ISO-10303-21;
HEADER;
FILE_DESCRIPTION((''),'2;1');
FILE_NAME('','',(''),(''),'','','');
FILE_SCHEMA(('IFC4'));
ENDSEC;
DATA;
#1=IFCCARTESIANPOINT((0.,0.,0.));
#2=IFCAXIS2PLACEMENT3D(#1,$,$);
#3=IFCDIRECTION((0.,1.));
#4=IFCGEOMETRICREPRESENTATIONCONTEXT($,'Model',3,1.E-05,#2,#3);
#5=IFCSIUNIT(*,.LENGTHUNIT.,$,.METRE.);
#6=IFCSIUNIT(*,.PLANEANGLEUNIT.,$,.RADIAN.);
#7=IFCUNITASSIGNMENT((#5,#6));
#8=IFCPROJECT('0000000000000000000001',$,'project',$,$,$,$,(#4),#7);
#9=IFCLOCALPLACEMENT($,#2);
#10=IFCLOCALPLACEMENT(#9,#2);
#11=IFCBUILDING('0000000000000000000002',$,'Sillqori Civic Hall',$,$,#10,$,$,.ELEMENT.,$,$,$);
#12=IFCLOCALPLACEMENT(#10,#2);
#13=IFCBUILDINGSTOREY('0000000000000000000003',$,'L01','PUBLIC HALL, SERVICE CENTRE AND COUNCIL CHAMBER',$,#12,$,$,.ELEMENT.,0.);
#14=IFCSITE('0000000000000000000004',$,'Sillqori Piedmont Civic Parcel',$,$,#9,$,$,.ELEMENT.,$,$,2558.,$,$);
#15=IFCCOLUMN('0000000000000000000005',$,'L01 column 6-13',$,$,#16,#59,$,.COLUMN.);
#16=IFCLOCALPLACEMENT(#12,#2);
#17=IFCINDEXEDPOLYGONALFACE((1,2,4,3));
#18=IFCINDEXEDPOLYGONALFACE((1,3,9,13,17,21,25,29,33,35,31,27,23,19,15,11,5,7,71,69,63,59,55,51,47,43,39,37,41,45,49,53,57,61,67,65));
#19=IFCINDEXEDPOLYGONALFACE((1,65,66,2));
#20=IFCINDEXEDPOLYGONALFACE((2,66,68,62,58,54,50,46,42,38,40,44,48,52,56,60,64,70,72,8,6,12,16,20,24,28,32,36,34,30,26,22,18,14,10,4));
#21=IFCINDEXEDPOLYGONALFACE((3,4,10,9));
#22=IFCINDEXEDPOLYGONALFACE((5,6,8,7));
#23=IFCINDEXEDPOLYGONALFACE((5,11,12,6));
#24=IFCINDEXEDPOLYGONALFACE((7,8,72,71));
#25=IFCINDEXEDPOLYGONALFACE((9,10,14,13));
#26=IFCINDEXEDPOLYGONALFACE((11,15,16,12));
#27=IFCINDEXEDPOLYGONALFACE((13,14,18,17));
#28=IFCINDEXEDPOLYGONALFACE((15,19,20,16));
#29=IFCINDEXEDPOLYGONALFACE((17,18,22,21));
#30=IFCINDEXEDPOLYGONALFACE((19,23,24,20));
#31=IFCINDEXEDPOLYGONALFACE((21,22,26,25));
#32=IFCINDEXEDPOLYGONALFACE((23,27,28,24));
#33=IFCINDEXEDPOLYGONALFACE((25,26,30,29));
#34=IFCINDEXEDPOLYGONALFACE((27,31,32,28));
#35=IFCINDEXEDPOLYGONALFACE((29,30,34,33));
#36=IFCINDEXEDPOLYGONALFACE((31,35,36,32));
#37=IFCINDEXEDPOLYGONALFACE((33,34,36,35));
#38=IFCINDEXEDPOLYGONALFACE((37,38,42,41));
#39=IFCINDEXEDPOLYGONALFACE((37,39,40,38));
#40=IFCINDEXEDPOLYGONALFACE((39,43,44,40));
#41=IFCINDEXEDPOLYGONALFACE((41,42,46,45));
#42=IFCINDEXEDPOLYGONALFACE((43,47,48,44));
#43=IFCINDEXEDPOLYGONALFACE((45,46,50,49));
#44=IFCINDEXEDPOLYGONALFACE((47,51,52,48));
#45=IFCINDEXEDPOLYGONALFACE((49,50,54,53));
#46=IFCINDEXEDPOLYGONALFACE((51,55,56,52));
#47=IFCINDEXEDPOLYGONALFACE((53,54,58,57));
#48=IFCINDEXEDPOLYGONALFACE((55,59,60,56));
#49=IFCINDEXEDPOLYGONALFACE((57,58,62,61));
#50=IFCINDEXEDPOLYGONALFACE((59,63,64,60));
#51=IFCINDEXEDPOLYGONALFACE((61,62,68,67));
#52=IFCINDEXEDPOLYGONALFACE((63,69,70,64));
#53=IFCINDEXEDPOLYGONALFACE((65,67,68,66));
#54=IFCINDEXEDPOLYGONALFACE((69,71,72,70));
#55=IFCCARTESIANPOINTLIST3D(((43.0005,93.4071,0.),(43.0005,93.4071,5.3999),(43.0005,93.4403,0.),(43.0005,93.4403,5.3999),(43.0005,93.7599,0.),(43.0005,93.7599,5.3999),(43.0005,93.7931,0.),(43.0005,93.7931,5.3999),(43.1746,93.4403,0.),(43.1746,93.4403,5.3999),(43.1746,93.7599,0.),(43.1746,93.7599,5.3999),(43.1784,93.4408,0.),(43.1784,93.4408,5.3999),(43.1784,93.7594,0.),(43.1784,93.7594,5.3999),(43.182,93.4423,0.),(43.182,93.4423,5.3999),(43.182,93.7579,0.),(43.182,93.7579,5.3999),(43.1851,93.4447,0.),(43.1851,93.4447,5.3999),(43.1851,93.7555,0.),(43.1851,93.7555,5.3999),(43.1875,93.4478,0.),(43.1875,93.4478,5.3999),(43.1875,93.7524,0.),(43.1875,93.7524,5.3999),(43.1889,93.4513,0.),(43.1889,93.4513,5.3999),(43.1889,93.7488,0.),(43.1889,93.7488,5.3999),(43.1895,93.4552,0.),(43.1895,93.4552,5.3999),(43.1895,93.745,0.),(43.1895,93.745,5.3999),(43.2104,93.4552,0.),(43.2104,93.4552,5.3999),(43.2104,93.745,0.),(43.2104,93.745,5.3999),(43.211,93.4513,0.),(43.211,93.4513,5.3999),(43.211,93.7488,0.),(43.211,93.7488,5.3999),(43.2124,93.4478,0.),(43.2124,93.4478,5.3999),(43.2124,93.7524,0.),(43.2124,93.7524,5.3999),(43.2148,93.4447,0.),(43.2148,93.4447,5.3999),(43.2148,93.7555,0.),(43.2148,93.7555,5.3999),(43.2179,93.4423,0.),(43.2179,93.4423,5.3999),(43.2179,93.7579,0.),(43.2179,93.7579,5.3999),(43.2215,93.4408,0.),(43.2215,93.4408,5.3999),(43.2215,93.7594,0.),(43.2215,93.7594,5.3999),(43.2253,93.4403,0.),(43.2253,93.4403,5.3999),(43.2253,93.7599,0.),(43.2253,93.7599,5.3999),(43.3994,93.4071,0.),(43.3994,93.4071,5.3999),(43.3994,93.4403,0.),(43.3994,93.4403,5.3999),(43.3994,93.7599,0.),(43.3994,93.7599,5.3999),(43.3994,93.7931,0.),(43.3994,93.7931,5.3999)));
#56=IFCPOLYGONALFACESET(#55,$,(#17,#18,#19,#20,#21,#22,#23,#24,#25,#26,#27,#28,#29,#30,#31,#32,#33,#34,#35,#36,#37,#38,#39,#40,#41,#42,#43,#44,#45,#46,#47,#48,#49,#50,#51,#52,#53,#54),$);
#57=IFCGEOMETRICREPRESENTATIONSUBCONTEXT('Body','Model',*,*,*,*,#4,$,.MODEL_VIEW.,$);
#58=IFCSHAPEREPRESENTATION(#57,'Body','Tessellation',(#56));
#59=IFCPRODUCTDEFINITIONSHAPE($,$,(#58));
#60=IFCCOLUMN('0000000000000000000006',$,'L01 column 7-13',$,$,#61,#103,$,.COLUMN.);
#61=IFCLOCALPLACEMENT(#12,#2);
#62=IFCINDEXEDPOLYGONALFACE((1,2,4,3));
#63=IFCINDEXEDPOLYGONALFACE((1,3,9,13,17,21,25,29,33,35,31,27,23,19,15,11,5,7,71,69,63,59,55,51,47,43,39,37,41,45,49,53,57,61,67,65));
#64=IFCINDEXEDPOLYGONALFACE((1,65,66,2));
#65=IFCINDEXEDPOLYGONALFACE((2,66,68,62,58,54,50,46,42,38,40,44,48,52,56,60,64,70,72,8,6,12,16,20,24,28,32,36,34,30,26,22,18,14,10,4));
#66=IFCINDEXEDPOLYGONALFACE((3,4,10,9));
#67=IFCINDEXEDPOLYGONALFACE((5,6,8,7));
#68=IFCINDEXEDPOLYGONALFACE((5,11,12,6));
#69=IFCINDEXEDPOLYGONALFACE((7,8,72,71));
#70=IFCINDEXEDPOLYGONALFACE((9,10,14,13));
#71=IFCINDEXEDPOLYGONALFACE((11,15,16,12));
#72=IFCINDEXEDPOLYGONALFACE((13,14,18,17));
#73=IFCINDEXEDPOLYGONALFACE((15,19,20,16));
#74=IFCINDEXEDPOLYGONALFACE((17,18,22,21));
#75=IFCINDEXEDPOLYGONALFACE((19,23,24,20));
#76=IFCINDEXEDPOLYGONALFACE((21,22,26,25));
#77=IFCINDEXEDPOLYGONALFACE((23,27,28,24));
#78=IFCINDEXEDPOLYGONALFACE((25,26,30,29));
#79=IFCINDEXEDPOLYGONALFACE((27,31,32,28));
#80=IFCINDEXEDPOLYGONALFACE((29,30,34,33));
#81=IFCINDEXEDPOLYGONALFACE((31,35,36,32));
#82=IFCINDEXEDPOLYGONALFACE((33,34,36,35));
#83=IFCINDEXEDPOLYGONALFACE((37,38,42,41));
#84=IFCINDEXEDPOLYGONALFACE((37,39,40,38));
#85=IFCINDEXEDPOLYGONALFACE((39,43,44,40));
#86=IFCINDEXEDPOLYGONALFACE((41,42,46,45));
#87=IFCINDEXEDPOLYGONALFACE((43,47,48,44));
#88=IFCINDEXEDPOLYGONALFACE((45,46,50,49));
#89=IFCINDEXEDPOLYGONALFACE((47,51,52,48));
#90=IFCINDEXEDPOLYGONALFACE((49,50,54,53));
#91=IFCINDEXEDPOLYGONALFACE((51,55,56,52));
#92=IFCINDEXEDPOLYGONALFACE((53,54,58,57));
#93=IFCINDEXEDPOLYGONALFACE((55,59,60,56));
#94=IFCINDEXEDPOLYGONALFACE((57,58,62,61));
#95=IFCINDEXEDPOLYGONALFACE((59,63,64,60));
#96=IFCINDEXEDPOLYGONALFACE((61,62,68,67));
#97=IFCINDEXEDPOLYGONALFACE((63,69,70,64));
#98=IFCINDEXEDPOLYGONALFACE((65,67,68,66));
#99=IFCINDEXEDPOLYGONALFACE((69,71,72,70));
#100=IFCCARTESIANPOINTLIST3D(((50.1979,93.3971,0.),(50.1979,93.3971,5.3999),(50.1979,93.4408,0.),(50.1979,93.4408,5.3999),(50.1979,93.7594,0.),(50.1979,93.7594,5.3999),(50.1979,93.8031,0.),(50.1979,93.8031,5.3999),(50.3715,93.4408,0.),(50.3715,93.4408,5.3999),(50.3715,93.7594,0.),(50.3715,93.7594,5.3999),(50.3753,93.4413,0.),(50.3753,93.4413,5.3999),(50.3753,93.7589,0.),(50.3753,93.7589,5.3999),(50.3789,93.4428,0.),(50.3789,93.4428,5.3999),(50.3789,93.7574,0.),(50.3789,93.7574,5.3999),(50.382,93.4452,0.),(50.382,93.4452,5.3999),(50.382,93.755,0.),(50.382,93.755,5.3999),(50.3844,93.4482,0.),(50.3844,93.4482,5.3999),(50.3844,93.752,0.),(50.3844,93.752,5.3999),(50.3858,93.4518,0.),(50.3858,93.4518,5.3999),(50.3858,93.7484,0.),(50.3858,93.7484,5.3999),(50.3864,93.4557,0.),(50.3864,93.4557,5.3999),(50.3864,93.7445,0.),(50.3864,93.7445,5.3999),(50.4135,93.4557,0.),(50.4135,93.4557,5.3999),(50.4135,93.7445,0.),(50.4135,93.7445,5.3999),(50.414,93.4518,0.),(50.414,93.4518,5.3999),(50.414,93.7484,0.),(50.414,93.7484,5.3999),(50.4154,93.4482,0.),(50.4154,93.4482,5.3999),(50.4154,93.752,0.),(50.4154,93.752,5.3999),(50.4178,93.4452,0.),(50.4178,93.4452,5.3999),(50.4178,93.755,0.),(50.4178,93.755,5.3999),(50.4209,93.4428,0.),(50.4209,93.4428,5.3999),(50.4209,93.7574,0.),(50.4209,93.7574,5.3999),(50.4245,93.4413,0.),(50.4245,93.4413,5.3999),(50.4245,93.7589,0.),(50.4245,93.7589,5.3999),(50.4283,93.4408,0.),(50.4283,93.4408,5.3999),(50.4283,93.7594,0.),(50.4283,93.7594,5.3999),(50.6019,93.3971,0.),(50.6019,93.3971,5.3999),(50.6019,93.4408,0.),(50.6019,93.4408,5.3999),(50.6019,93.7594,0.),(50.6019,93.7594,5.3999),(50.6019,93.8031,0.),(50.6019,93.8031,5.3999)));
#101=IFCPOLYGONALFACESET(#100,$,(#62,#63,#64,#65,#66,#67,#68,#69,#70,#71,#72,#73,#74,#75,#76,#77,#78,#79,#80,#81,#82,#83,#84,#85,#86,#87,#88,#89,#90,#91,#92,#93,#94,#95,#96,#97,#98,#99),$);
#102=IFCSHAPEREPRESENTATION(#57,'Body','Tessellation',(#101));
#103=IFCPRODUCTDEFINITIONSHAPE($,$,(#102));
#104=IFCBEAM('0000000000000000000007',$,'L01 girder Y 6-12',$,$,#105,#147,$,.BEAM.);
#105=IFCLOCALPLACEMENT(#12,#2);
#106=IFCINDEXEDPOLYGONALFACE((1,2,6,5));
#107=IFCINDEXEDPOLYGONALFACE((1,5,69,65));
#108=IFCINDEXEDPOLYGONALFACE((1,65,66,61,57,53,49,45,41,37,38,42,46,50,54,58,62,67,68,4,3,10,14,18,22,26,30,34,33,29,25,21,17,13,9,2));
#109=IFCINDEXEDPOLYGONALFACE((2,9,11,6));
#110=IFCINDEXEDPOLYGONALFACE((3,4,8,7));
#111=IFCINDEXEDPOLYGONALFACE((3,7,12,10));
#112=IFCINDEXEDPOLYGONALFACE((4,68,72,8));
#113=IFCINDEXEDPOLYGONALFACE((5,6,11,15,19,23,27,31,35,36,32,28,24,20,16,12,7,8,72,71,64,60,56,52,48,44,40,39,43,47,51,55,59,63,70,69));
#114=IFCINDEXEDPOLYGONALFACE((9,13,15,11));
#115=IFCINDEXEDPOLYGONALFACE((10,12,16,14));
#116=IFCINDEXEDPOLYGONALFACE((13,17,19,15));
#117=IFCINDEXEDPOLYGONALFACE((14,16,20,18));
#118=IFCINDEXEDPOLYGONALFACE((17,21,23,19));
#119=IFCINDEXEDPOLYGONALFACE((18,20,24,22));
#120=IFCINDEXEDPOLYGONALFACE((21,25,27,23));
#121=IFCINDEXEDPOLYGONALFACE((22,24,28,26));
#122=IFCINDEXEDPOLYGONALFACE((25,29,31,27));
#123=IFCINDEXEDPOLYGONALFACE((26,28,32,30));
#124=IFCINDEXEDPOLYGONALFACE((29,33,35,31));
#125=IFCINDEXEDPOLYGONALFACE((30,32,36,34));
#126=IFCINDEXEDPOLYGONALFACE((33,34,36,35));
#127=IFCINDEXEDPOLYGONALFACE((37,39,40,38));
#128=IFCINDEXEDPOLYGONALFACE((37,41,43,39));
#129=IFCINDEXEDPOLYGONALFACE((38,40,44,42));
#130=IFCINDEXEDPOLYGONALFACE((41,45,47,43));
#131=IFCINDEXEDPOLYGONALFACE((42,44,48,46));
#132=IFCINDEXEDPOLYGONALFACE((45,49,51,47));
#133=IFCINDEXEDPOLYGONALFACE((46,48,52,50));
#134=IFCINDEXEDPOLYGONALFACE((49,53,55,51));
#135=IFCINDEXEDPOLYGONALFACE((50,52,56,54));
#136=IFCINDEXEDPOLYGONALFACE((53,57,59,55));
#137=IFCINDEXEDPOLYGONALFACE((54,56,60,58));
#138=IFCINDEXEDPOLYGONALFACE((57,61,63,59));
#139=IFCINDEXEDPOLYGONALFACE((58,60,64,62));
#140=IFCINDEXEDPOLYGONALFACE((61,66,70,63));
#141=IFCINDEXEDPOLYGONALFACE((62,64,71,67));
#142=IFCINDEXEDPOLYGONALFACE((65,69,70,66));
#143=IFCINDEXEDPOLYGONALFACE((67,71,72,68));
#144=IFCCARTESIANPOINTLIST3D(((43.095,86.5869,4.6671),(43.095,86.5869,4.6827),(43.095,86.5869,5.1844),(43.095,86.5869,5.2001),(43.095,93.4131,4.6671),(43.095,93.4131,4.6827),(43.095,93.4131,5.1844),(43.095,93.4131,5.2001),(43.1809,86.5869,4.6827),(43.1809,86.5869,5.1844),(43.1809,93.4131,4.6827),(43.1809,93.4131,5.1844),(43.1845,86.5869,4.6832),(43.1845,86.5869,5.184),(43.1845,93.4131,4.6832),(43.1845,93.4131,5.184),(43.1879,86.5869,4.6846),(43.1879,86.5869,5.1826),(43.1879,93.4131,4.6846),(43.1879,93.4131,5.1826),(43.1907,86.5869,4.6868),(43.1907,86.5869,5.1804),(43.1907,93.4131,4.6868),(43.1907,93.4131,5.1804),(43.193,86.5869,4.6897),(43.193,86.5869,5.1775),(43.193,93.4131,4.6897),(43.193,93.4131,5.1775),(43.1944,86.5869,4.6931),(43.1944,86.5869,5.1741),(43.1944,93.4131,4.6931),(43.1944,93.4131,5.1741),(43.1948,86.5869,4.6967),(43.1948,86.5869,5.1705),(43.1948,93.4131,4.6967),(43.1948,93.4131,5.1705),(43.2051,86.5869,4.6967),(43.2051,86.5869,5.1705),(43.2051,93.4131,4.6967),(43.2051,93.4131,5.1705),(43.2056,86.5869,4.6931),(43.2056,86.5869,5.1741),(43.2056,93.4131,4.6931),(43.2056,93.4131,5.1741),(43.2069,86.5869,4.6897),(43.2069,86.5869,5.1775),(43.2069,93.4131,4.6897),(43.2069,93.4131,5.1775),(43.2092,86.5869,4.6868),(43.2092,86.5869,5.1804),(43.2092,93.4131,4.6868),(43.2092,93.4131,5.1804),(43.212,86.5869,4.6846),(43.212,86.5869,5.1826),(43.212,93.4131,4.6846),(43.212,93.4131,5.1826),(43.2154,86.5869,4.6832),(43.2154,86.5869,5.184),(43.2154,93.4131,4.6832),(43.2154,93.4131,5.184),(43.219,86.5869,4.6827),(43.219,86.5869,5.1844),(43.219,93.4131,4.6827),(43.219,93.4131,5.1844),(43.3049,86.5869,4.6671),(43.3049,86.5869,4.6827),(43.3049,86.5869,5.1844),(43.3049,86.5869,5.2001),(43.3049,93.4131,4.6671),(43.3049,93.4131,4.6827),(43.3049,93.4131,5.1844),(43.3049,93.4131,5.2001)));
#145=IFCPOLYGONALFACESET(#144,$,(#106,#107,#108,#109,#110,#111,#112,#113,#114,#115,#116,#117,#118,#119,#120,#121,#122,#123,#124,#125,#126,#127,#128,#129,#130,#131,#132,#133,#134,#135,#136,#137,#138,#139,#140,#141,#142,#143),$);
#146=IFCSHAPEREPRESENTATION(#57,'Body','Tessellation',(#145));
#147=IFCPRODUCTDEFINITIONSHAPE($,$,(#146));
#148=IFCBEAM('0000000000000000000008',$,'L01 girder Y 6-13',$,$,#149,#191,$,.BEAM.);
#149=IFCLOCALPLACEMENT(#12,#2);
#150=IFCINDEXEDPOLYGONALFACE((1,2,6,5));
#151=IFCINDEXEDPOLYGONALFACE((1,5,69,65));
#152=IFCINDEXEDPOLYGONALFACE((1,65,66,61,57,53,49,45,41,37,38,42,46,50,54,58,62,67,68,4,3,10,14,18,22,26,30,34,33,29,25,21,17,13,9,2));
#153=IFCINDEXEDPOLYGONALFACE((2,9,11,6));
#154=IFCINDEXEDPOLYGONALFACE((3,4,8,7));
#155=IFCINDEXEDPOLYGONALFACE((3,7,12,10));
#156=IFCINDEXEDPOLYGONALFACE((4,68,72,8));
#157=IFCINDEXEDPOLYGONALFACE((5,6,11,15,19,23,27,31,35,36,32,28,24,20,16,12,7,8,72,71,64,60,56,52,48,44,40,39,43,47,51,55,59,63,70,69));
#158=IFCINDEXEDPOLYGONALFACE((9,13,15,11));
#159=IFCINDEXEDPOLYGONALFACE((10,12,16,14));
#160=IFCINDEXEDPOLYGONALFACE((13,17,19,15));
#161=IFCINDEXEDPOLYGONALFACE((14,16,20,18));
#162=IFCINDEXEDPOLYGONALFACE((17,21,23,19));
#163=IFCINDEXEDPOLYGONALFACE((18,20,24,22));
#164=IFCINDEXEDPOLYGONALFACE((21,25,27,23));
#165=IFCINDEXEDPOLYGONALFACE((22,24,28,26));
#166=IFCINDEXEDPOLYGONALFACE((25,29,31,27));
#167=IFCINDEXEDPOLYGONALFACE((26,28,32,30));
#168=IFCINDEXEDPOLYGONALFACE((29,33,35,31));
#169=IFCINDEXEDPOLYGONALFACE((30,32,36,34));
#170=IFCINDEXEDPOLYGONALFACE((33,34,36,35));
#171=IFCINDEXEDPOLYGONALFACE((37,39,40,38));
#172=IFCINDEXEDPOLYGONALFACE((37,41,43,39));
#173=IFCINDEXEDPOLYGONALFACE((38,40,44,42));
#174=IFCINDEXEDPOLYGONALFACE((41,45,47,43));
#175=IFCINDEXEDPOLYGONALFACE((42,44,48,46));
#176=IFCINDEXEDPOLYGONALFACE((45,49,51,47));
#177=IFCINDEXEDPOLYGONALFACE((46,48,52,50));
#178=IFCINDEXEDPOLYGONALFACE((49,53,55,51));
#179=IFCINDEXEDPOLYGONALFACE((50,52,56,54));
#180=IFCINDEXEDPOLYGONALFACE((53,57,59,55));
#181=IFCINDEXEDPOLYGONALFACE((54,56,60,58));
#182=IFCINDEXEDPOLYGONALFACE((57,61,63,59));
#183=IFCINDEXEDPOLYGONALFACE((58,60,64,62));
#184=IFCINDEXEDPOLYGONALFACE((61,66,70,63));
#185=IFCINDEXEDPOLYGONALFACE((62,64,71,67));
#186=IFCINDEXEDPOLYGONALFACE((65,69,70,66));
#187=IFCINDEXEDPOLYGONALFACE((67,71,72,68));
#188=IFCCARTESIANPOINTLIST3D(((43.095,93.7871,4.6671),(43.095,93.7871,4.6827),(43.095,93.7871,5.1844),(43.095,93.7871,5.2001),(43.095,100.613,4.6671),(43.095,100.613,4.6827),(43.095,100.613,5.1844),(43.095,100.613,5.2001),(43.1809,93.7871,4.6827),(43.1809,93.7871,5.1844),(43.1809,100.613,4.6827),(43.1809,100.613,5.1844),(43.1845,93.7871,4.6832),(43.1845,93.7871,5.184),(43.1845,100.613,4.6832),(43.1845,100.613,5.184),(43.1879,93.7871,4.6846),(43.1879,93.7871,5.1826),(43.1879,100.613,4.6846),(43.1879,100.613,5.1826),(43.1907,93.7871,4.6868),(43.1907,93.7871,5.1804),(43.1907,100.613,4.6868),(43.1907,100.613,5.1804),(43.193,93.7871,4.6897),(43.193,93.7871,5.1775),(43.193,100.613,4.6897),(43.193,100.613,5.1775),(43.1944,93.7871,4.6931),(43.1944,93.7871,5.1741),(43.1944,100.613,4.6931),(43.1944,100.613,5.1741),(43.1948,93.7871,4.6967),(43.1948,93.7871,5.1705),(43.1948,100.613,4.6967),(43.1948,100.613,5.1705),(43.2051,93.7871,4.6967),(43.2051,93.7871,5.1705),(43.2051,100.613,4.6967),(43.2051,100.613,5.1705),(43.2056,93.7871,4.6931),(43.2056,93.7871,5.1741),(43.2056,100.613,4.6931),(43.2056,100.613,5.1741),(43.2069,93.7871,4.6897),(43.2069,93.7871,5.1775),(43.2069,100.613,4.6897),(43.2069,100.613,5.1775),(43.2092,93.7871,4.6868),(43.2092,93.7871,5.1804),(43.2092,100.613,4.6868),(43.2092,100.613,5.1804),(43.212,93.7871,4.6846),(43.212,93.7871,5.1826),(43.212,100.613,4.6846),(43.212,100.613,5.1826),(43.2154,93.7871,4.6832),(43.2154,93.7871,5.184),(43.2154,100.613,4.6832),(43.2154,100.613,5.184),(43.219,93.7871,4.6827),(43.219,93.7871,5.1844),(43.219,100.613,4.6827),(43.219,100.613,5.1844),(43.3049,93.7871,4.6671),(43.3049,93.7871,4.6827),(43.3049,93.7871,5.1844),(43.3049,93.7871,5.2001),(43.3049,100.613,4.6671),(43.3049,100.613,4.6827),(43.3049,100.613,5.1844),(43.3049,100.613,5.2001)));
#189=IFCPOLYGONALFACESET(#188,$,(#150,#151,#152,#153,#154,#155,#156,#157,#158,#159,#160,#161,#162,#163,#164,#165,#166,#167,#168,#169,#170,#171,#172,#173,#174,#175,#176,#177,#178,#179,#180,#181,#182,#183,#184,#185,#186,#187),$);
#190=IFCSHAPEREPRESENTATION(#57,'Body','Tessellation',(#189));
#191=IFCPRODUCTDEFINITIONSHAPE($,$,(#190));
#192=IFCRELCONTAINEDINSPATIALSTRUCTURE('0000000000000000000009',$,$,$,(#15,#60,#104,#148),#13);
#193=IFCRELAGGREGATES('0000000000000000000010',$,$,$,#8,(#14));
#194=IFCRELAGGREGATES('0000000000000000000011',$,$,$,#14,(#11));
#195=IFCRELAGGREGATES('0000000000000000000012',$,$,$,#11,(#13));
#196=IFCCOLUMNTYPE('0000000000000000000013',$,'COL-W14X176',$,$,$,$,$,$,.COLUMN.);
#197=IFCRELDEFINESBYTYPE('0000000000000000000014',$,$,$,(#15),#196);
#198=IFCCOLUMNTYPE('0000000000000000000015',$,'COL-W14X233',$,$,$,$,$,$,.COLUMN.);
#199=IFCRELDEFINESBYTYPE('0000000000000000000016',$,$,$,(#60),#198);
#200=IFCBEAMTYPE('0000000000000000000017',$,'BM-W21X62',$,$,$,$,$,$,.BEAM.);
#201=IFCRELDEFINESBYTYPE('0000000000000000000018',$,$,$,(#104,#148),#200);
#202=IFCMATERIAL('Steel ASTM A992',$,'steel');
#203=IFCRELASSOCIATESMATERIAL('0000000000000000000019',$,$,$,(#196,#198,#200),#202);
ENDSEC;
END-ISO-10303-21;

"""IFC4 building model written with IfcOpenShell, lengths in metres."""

from ifc_helpers import new_model, si_unit, direction, frame, origin, origin_2d, place, context, subcontext, project, spatial, i_section, extrude, material, material_profile, profile_set, type_object, element, save


model = new_model("IFC4")

# Units and contexts
model_context = context("Model", 3, precision=1e-05, world=origin(), true_north=direction((0.0, 1.0)))
body_context = subcontext(model_context, "Body", "Model", "MODEL_VIEW")
ifc_project = project(units=[si_unit("LENGTHUNIT", "METRE"), si_unit("PLANEANGLEUNIT", "RADIAN")], contexts=[model_context])

# Site, building, storey
site_placement = place(None, origin())
site = spatial("IfcSite", under=ifc_project, at=site_placement, Name="Sillqori Piedmont Civic Parcel", CompositionType="ELEMENT", RefElevation=2558.0)
building_placement = place(site_placement, origin())
building = spatial("IfcBuilding", under=site, at=building_placement, Name="Sillqori Civic Hall", CompositionType="ELEMENT")
storey_placement = place(building_placement, origin())
storey = spatial("IfcBuildingStorey", under=building, at=storey_placement, Name="L01", Description="PUBLIC HALL, SERVICE CENTRE AND COUNCIL CHAMBER", CompositionType="ELEMENT", Elevation=0.0)

# Columns
ifc_material_1 = material(Name="Steel ASTM A992", Category="steel")
ifc_material_profile_1 = material_profile(ifc_material_1, i_section(OverallWidth=0.3989, OverallDepth=0.386, WebThickness=0.021, FlangeThickness=0.0332, FilletRadius=0.0149, at=origin_2d()), Name="W14X176")
ifc_profile_set_1 = profile_set([ifc_material_profile_1], Name="Steel ASTM A992")
column_type_1 = type_object("IfcColumnType", Name="COL-W14X176", PredefinedType="COLUMN", material=ifc_profile_set_1)
column_1_placement = place(storey_placement, frame((43.2, 93.6001, 0.0), z_axis=(0.0, 0.0, 1.0), x_axis=(1.0, 0.0, 0.0)))
element("IfcColumn", 1, at=column_1_placement, inside=storey, type_object=column_type_1, Name="L01 column 6-13", PredefinedType="COLUMN", context=body_context, shape_type="SweptSolid", body=[
    extrude(i_section(OverallWidth=0.3989, OverallDepth=0.386, WebThickness=0.021, FlangeThickness=0.0332, FilletRadius=0.0149, at=origin_2d()), origin(), (0.0, 0.0, 1.0), 5.3999),
])
ifc_material_profile_2 = material_profile(ifc_material_1, i_section(OverallWidth=0.4041, OverallDepth=0.406, WebThickness=0.0271, FlangeThickness=0.0437, FilletRadius=0.0149, at=origin_2d()), Name="W14X233")
ifc_profile_set_2 = profile_set([ifc_material_profile_2], Name="Steel ASTM A992")
column_type_2 = type_object("IfcColumnType", Name="COL-W14X233", PredefinedType="COLUMN", material=ifc_profile_set_2)
column_2_placement = place(storey_placement, frame((50.3999, 93.6001, 0.0), z_axis=(0.0, 0.0, 1.0), x_axis=(1.0, 0.0, 0.0)))
element("IfcColumn", 2, at=column_2_placement, inside=storey, type_object=column_type_2, Name="L01 column 7-13", PredefinedType="COLUMN", context=body_context, shape_type="SweptSolid", body=[
    extrude(i_section(OverallWidth=0.4041, OverallDepth=0.406, WebThickness=0.0271, FlangeThickness=0.0437, FilletRadius=0.0149, at=origin_2d()), origin(), (0.0, 0.0, 1.0), 5.3999),
])

# Beams
ifc_material_profile_3 = material_profile(ifc_material_1, i_section(OverallWidth=0.21, OverallDepth=0.533, WebThickness=0.0103, FlangeThickness=0.0156, FilletRadius=0.0139, at=origin_2d()), Name="W21X62")
ifc_profile_set_3 = profile_set([ifc_material_profile_3], Name="Steel ASTM A992")
beam_type_1 = type_object("IfcBeamType", Name="BM-W21X62", PredefinedType="BEAM", material=ifc_profile_set_3)
beam_1_placement = place(storey_placement, frame((43.2, 86.5869, 4.9336), z_axis=(0.0, 1.0, 0.0), x_axis=(-1.0, 0.0, 0.0)))
element("IfcBeam", 3, at=beam_1_placement, inside=storey, type_object=beam_type_1, Name="L01 girder Y 6-12", PredefinedType="BEAM", context=body_context, shape_type="SweptSolid", body=[
    extrude(i_section(OverallWidth=0.21, OverallDepth=0.533, WebThickness=0.0103, FlangeThickness=0.0156, FilletRadius=0.0139, at=origin_2d()), origin(), (0.0, 0.0, 1.0), 6.8262),
])
beam_2_placement = place(storey_placement, frame((43.2, 93.7871, 4.9336), z_axis=(0.0, 1.0, 0.0), x_axis=(-1.0, 0.0, 0.0)))
element("IfcBeam", 4, at=beam_2_placement, inside=storey, type_object=beam_type_1, Name="L01 girder Y 6-13", PredefinedType="BEAM", context=body_context, shape_type="SweptSolid", body=[
    extrude(i_section(OverallWidth=0.21, OverallDepth=0.533, WebThickness=0.0103, FlangeThickness=0.0156, FilletRadius=0.0139, at=origin_2d()), origin(), (0.0, 0.0, 1.0), 6.8259),
])

save(model, "model.ifc")
